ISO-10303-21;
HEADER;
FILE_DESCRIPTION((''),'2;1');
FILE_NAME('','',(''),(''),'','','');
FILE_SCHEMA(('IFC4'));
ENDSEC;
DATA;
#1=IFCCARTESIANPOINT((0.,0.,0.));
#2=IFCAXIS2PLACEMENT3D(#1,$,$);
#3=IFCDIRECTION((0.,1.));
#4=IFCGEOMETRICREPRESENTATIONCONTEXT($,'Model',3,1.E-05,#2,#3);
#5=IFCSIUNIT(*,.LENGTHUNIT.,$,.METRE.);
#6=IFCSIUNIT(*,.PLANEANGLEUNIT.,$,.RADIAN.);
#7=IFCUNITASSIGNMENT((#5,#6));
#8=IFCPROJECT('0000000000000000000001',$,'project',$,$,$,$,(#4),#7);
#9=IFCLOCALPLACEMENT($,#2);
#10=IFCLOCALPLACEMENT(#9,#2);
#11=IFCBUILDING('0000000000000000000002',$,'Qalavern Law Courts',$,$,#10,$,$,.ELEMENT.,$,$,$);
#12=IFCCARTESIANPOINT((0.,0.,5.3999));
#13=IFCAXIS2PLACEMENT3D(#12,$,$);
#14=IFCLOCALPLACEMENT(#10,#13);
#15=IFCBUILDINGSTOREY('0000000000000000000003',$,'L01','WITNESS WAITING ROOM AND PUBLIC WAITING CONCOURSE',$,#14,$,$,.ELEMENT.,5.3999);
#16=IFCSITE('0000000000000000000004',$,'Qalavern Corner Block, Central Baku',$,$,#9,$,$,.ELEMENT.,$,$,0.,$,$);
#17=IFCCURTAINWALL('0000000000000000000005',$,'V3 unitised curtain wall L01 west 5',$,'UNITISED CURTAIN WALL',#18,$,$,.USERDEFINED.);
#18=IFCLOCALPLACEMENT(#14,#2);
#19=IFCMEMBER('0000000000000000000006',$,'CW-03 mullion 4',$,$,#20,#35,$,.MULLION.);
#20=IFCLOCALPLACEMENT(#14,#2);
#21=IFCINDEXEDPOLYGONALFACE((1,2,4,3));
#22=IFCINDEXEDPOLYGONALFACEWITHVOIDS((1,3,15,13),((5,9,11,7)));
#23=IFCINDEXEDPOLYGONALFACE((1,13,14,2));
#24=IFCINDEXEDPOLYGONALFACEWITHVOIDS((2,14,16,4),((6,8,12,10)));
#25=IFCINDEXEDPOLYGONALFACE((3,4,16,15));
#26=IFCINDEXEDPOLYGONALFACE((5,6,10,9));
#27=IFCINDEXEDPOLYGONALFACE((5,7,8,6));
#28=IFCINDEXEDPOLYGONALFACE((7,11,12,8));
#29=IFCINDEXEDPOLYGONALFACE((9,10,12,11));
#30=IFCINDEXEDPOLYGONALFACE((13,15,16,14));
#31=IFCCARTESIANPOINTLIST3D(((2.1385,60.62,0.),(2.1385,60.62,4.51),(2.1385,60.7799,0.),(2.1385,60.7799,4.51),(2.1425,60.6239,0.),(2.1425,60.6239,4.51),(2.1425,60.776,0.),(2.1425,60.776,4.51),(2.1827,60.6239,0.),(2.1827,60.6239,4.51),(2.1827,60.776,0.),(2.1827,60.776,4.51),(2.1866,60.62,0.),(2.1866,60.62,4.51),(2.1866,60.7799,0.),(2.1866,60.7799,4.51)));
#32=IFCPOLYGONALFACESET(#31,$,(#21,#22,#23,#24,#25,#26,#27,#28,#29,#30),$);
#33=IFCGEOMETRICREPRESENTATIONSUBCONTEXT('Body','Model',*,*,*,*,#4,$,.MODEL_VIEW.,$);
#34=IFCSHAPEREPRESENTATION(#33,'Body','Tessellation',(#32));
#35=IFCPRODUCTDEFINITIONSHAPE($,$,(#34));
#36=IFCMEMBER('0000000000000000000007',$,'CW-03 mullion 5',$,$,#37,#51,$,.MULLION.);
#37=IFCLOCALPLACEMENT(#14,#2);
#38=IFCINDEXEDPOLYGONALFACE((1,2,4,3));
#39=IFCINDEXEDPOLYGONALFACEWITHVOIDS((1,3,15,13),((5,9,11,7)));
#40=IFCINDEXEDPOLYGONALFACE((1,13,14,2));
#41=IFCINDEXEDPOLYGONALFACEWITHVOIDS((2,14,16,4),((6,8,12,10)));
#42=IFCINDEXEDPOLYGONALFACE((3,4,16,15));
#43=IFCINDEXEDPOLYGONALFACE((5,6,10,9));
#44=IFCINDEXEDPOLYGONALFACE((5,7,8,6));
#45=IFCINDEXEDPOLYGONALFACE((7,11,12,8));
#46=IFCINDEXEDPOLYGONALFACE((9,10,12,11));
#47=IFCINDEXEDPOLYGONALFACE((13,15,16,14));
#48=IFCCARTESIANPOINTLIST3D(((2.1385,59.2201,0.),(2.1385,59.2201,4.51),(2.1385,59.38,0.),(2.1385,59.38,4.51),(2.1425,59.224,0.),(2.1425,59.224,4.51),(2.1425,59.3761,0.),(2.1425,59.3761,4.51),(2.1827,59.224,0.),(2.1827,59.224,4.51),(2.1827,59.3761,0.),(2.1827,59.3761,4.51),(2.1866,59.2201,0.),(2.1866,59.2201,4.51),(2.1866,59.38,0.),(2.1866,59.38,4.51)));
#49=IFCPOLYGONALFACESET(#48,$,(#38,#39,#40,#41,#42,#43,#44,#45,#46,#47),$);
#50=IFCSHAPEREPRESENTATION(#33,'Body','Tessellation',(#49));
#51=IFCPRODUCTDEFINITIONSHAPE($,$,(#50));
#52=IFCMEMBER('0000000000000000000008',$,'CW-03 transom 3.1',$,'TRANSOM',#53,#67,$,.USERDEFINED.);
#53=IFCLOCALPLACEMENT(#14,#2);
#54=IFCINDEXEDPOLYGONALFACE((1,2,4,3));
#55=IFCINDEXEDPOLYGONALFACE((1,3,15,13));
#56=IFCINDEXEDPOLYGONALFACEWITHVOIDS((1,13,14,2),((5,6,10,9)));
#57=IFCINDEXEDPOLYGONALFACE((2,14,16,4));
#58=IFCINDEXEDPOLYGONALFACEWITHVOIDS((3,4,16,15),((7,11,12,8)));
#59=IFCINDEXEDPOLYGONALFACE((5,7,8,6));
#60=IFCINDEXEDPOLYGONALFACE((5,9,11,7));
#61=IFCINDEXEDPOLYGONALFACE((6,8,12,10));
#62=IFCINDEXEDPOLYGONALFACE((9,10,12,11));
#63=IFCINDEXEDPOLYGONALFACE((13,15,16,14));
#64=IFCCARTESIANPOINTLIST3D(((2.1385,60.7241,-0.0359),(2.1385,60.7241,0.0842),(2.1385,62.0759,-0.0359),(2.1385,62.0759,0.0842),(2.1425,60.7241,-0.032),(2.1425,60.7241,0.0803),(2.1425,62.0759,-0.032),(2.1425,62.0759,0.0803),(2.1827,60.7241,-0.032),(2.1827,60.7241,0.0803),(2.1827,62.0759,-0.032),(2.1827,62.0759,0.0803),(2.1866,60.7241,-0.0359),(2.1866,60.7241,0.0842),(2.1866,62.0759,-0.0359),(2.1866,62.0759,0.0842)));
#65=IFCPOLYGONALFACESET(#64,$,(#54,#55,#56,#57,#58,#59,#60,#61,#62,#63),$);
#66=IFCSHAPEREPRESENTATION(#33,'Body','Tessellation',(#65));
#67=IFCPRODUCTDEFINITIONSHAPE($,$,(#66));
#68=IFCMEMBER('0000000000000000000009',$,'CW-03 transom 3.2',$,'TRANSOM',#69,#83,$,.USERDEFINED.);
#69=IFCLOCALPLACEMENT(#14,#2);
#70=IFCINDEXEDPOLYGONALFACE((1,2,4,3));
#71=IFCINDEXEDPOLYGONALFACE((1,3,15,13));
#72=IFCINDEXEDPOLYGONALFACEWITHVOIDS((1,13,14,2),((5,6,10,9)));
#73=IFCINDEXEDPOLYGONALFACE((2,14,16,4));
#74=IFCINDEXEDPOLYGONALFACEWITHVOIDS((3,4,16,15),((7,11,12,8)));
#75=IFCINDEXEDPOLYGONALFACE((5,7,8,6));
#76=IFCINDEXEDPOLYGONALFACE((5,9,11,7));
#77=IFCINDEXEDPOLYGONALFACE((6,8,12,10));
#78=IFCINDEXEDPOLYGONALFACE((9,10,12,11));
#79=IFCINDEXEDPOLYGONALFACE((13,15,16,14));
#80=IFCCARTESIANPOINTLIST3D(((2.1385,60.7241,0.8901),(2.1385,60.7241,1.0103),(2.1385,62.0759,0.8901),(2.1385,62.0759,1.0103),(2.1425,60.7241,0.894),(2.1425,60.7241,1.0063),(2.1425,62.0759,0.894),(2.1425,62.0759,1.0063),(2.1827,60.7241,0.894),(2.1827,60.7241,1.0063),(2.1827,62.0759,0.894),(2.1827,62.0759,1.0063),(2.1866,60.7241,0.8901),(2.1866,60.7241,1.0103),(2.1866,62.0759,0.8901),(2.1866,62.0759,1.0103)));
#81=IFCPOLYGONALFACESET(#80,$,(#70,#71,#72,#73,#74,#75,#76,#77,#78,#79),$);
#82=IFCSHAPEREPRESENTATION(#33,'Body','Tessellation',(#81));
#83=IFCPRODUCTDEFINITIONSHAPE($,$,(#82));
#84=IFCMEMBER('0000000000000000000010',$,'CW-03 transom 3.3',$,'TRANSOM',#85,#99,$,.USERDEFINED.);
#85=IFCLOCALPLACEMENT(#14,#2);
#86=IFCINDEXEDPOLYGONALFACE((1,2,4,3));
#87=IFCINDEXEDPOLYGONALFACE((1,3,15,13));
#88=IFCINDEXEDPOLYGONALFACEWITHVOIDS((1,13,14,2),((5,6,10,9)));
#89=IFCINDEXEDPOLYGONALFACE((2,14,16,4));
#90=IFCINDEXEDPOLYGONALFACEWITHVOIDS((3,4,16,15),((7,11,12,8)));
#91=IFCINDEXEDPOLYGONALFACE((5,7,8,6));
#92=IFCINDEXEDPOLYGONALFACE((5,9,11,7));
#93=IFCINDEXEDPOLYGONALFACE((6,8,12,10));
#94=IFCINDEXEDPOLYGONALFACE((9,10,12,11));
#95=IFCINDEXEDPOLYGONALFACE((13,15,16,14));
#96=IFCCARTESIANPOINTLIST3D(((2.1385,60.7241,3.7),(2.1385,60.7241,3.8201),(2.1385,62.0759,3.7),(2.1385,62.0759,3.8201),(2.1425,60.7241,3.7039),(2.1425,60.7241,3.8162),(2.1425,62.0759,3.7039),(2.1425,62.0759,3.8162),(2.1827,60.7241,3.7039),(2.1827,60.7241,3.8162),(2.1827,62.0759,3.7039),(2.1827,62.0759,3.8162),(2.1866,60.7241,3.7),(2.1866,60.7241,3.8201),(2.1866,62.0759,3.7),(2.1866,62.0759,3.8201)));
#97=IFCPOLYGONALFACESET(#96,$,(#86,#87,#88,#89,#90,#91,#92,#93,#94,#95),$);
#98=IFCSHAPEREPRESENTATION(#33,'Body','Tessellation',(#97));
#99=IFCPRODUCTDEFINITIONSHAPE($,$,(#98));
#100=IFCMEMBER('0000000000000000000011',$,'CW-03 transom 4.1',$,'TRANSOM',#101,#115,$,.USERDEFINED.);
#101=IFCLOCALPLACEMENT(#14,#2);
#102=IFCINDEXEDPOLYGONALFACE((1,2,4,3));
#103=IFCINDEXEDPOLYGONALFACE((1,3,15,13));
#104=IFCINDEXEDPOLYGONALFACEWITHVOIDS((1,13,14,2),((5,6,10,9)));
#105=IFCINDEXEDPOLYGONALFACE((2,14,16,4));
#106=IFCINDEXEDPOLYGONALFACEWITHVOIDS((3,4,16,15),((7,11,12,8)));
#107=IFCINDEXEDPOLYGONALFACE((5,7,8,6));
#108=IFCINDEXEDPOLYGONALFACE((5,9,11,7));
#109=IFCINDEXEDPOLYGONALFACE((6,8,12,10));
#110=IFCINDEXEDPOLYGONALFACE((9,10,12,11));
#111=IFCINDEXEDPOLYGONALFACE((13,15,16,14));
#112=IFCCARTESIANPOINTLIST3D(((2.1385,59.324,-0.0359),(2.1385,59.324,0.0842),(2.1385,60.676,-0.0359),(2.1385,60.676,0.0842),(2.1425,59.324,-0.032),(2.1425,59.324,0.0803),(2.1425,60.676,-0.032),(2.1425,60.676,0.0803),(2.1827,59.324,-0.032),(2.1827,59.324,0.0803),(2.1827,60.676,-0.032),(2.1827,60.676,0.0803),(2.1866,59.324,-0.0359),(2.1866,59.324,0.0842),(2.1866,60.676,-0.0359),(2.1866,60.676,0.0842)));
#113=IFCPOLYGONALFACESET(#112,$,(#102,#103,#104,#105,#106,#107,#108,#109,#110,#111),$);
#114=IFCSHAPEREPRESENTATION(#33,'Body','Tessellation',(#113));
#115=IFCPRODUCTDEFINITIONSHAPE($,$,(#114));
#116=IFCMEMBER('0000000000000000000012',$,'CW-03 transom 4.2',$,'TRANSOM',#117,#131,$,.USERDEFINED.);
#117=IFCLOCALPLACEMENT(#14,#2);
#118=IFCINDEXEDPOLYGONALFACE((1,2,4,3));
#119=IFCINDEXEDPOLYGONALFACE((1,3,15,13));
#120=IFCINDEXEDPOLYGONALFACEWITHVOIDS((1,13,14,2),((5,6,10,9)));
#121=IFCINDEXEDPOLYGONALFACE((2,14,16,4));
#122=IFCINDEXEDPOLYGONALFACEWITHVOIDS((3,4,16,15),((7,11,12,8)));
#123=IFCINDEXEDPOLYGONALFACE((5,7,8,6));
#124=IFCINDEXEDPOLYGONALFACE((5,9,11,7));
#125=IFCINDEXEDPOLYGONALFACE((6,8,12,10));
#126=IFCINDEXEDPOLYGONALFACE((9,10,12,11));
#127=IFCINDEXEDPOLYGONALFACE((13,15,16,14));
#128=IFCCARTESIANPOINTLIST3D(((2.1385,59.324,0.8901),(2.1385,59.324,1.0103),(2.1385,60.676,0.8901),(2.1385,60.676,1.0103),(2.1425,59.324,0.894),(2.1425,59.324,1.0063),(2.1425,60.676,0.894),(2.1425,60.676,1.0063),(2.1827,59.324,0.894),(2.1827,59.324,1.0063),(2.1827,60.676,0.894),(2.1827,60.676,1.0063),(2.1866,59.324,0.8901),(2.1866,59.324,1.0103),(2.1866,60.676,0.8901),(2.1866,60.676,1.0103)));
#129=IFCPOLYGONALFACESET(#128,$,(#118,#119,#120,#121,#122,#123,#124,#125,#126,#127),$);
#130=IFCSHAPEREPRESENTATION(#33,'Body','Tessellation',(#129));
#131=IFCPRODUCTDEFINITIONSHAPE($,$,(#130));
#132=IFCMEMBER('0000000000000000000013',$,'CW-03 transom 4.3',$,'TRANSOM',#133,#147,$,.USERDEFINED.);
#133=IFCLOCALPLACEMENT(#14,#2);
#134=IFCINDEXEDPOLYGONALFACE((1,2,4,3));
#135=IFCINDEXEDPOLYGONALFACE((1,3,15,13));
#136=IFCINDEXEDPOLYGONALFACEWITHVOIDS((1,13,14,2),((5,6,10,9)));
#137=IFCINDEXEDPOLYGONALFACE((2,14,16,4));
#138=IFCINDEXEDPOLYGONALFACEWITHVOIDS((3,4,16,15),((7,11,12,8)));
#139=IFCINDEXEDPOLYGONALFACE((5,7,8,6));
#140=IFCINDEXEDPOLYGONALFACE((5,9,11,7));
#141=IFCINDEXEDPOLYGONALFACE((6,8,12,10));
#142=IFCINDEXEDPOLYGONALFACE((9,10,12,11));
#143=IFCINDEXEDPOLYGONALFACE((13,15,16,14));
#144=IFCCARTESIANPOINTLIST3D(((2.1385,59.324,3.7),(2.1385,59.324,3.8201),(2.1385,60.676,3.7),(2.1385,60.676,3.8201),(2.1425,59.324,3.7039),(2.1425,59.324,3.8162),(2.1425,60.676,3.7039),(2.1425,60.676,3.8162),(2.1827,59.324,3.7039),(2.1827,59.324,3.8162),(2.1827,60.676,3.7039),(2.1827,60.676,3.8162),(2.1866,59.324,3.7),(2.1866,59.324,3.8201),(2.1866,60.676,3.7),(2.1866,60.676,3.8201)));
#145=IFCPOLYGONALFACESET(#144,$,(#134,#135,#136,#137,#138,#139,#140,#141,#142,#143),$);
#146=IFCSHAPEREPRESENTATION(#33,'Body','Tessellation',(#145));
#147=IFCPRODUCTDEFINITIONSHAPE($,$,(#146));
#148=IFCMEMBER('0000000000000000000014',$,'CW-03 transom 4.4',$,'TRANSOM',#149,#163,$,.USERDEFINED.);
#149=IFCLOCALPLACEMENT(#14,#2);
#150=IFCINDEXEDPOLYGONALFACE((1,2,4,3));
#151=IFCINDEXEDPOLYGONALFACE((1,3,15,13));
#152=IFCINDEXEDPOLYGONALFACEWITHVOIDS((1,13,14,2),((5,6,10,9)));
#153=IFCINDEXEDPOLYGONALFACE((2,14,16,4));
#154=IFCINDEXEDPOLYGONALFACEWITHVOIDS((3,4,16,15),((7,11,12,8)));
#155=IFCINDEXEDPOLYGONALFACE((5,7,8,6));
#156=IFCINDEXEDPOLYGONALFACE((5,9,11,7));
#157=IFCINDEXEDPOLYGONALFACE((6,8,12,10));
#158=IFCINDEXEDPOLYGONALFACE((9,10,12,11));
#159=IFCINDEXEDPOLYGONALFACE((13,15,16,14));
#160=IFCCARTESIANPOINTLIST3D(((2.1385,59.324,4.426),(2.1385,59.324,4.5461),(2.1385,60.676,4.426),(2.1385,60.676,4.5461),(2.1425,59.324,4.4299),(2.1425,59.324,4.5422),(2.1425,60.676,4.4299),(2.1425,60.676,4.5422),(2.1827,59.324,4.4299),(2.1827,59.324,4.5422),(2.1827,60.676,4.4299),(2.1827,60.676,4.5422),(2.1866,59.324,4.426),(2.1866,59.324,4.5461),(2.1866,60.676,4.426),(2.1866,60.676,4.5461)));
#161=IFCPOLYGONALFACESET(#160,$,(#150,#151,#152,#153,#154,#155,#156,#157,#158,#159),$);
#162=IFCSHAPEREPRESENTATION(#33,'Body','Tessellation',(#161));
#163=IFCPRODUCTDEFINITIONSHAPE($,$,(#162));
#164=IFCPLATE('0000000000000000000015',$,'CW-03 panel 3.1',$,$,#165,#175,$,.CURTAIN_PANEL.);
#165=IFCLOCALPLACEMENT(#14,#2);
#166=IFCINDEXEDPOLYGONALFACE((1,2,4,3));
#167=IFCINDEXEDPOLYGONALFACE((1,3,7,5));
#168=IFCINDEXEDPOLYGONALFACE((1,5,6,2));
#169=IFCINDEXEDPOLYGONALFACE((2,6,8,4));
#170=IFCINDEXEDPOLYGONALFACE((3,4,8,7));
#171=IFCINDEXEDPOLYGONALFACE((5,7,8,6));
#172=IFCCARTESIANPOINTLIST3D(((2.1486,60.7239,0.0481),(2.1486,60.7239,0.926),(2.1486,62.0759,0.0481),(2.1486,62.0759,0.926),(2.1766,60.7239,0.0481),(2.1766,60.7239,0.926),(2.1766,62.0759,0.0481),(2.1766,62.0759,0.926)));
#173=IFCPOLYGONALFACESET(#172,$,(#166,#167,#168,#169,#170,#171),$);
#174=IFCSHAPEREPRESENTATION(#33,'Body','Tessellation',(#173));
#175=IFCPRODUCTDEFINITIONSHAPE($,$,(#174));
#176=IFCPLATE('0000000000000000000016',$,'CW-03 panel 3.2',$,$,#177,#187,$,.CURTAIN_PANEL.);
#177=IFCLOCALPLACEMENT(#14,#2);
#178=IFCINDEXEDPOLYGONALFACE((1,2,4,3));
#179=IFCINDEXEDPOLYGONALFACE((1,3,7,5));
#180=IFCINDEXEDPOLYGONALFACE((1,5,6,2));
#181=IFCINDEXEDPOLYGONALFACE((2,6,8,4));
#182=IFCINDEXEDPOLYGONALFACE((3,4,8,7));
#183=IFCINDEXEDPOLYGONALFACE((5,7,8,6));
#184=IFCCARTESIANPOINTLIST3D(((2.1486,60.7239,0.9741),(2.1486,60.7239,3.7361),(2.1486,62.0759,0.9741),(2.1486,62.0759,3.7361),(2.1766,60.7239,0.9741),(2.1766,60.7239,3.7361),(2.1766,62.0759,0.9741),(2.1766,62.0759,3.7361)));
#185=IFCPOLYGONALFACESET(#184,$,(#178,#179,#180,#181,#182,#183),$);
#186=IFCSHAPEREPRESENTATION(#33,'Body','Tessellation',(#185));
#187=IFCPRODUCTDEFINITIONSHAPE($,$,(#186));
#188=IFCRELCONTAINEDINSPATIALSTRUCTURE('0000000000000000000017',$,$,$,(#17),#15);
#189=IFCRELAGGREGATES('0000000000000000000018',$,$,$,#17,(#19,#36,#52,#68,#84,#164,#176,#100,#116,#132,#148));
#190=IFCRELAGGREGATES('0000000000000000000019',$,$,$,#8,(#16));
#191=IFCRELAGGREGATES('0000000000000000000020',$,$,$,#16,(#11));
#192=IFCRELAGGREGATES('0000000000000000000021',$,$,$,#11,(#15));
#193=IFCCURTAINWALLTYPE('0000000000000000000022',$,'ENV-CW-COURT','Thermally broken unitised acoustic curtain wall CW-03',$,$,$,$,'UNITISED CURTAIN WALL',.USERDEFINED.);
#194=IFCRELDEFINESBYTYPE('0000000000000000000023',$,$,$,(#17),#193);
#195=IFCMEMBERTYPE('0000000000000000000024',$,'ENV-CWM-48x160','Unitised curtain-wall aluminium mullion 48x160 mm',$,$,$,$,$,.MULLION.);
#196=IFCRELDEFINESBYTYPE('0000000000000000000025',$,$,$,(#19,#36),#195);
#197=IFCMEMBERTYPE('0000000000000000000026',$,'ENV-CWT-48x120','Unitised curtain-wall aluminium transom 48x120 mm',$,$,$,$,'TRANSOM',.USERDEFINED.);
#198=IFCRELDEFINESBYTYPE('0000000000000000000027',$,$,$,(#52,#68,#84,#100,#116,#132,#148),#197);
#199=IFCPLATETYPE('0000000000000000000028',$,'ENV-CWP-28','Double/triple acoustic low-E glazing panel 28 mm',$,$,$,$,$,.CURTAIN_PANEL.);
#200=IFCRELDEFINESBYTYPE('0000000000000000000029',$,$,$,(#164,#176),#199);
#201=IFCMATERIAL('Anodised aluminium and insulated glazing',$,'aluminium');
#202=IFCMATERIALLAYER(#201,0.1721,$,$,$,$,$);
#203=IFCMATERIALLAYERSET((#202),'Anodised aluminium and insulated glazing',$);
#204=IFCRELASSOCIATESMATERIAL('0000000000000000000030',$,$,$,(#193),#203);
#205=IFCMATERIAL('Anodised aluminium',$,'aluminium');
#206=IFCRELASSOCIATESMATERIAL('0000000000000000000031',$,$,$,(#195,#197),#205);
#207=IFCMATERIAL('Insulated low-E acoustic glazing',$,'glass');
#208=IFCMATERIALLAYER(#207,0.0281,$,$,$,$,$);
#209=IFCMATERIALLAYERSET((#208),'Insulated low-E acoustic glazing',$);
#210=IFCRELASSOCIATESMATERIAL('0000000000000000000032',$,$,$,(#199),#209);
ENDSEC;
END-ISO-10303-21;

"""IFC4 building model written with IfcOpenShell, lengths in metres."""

from ifc_helpers import new_model, si_unit, direction, frame, origin, origin_2d, place, context, subcontext, project, spatial, rectangle, hollow_rectangle, extrude, material, layer, layer_set, material_profile, profile_set, type_object, element, aggregate, save


model = new_model("IFC4")

# Units and contexts
model_context = context("Model", 3, precision=1e-05, world=origin(), true_north=direction((0.0, 1.0)))
body_context = subcontext(model_context, "Body", "Model", "MODEL_VIEW")
ifc_project = project(units=[si_unit("LENGTHUNIT", "METRE"), si_unit("PLANEANGLEUNIT", "RADIAN")], contexts=[model_context])

# Site, building, storey
site_placement = place(None, origin())
site = spatial("IfcSite", under=ifc_project, at=site_placement, Name="Qalavern Corner Block, Central Baku", CompositionType="ELEMENT", RefElevation=0.0)
building_placement = place(site_placement, origin())
building = spatial("IfcBuilding", under=site, at=building_placement, Name="Qalavern Law Courts", CompositionType="ELEMENT")
storey_placement = place(building_placement, frame((0.0, 0.0, 5.3999)))
storey = spatial("IfcBuildingStorey", under=building, at=storey_placement, Name="L01", Description="WITNESS WAITING ROOM AND PUBLIC WAITING CONCOURSE", CompositionType="ELEMENT", Elevation=5.3999)

# Curtain wall, members, plates
ifc_material_1 = material(Name="Anodised aluminium and insulated glazing", Category="aluminium")
ifc_layer_1 = layer(ifc_material_1, 0.1721)
ifc_layer_set_1 = layer_set([ifc_layer_1], Name="Anodised aluminium and insulated glazing")
curtain_wall_type = type_object("IfcCurtainWallType", Name="ENV-CW-COURT", Description="Thermally broken unitised acoustic curtain wall CW-03", ElementType="UNITISED CURTAIN WALL", PredefinedType="USERDEFINED", material=ifc_layer_set_1)
curtain_wall_placement = place(storey_placement, origin())
curtain_wall = element("IfcCurtainWall", 1, at=curtain_wall_placement, inside=storey, type_object=curtain_wall_type, Name="V3 unitised curtain wall L01 west 5", ObjectType="UNITISED CURTAIN WALL", PredefinedType="USERDEFINED")
ifc_material_2 = material(Name="Anodised aluminium", Category="aluminium")
ifc_material_profile_1 = material_profile(ifc_material_2, hollow_rectangle(XDim=0.0481, YDim=0.1599, WallThickness=0.0039, at=origin_2d()), Name="ALU MULLION 48x160")
ifc_profile_set_1 = profile_set([ifc_material_profile_1], Name="Anodised aluminium")
member_type_1 = type_object("IfcMemberType", Name="ENV-CWM-48x160", Description="Unitised curtain-wall aluminium mullion 48x160 mm", PredefinedType="MULLION", material=ifc_profile_set_1)
member_1_placement = place(storey_placement, frame((2.1626, 60.7, 0.0), z_axis=(0.0, 0.0, 1.0), x_axis=(1.0, 0.0, 0.0)))
member_1 = element("IfcMember", 2, at=member_1_placement, type_object=member_type_1, Name="CW-03 mullion 4", PredefinedType="MULLION", context=body_context, shape_type="SweptSolid", body=[
    extrude(hollow_rectangle(XDim=0.0481, YDim=0.1599, WallThickness=0.0039, at=origin_2d()), origin(), (0.0, 0.0, 1.0), 4.51),
])
member_2_placement = place(storey_placement, frame((2.1626, 59.3, 0.0), z_axis=(0.0, 0.0, 1.0), x_axis=(1.0, 0.0, 0.0)))
member_2 = element("IfcMember", 3, at=member_2_placement, type_object=member_type_1, Name="CW-03 mullion 5", PredefinedType="MULLION", context=body_context, shape_type="SweptSolid", body=[
    extrude(hollow_rectangle(XDim=0.0481, YDim=0.1599, WallThickness=0.0039, at=origin_2d()), origin(), (0.0, 0.0, 1.0), 4.51),
])
ifc_material_profile_2 = material_profile(ifc_material_2, hollow_rectangle(XDim=0.0481, YDim=0.1201, WallThickness=0.0039, at=origin_2d()), Name="ALU TRANSOM 48x120")
ifc_profile_set_2 = profile_set([ifc_material_profile_2], Name="Anodised aluminium")
member_type_2 = type_object("IfcMemberType", Name="ENV-CWT-48x120", Description="Unitised curtain-wall aluminium transom 48x120 mm", ElementType="TRANSOM", PredefinedType="USERDEFINED", material=ifc_profile_set_2)
member_3_placement = place(storey_placement, frame((2.1626, 62.0759, 0.0242), z_axis=(0.0, -1.0, 0.0), x_axis=(1.0, 0.0, 0.0)))
member_3 = element("IfcMember", 4, at=member_3_placement, type_object=member_type_2, Name="CW-03 transom 3.1", ObjectType="TRANSOM", PredefinedType="USERDEFINED", context=body_context, shape_type="SweptSolid", body=[
    extrude(hollow_rectangle(XDim=0.0481, YDim=0.1201, WallThickness=0.0039, at=origin_2d()), origin(), (0.0, 0.0, 1.0), 1.3518),
])
member_4_placement = place(storey_placement, frame((2.1626, 62.0759, 0.9502), z_axis=(0.0, -1.0, 0.0), x_axis=(1.0, 0.0, 0.0)))
member_4 = element("IfcMember", 5, at=member_4_placement, type_object=member_type_2, Name="CW-03 transom 3.2", ObjectType="TRANSOM", PredefinedType="USERDEFINED", context=body_context, shape_type="SweptSolid", body=[
    extrude(hollow_rectangle(XDim=0.0481, YDim=0.1201, WallThickness=0.0039, at=origin_2d()), origin(), (0.0, 0.0, 1.0), 1.3518),
])
member_5_placement = place(storey_placement, frame((2.1626, 62.0759, 3.76), z_axis=(0.0, -1.0, 0.0), x_axis=(1.0, 0.0, 0.0)))
member_5 = element("IfcMember", 6, at=member_5_placement, type_object=member_type_2, Name="CW-03 transom 3.3", ObjectType="TRANSOM", PredefinedType="USERDEFINED", context=body_context, shape_type="SweptSolid", body=[
    extrude(hollow_rectangle(XDim=0.0481, YDim=0.1201, WallThickness=0.0039, at=origin_2d()), origin(), (0.0, 0.0, 1.0), 1.3518),
])
member_6_placement = place(storey_placement, frame((2.1626, 60.676, 0.0242), z_axis=(0.0, -1.0, 0.0), x_axis=(1.0, 0.0, 0.0)))
member_6 = element("IfcMember", 7, at=member_6_placement, type_object=member_type_2, Name="CW-03 transom 4.1", ObjectType="TRANSOM", PredefinedType="USERDEFINED", context=body_context, shape_type="SweptSolid", body=[
    extrude(hollow_rectangle(XDim=0.0481, YDim=0.1201, WallThickness=0.0039, at=origin_2d()), origin(), (0.0, 0.0, 1.0), 1.3521),
])
member_7_placement = place(storey_placement, frame((2.1626, 60.676, 0.9502), z_axis=(0.0, -1.0, 0.0), x_axis=(1.0, 0.0, 0.0)))
member_7 = element("IfcMember", 8, at=member_7_placement, type_object=member_type_2, Name="CW-03 transom 4.2", ObjectType="TRANSOM", PredefinedType="USERDEFINED", context=body_context, shape_type="SweptSolid", body=[
    extrude(hollow_rectangle(XDim=0.0481, YDim=0.1201, WallThickness=0.0039, at=origin_2d()), origin(), (0.0, 0.0, 1.0), 1.3521),
])
member_8_placement = place(storey_placement, frame((2.1626, 60.676, 3.76), z_axis=(0.0, -1.0, 0.0), x_axis=(1.0, 0.0, 0.0)))
member_8 = element("IfcMember", 9, at=member_8_placement, type_object=member_type_2, Name="CW-03 transom 4.3", ObjectType="TRANSOM", PredefinedType="USERDEFINED", context=body_context, shape_type="SweptSolid", body=[
    extrude(hollow_rectangle(XDim=0.0481, YDim=0.1201, WallThickness=0.0039, at=origin_2d()), origin(), (0.0, 0.0, 1.0), 1.3521),
])
member_9_placement = place(storey_placement, frame((2.1626, 60.676, 4.4861), z_axis=(0.0, -1.0, 0.0), x_axis=(1.0, 0.0, 0.0)))
member_9 = element("IfcMember", 10, at=member_9_placement, type_object=member_type_2, Name="CW-03 transom 4.4", ObjectType="TRANSOM", PredefinedType="USERDEFINED", context=body_context, shape_type="SweptSolid", body=[
    extrude(hollow_rectangle(XDim=0.0481, YDim=0.1201, WallThickness=0.0039, at=origin_2d()), origin(), (0.0, 0.0, 1.0), 1.3521),
])
ifc_material_3 = material(Name="Insulated low-E acoustic glazing", Category="glass")
ifc_layer_2 = layer(ifc_material_3, 0.0281)
ifc_layer_set_2 = layer_set([ifc_layer_2], Name="Insulated low-E acoustic glazing")
plate_type = type_object("IfcPlateType", Name="ENV-CWP-28", Description="Double/triple acoustic low-E glazing panel 28 mm", PredefinedType="CURTAIN_PANEL", material=ifc_layer_set_2)
plate_1_placement = place(storey_placement, frame((2.1626, 61.3999, 0.0481), z_axis=(0.0, 0.0, 1.0), x_axis=(0.0, -1.0, 0.0)))
plate_1 = element("IfcPlate", 11, at=plate_1_placement, type_object=plate_type, Name="CW-03 panel 3.1", PredefinedType="CURTAIN_PANEL", context=body_context, shape_type="SweptSolid", body=[
    extrude(rectangle(XDim=1.3521, YDim=0.0281, at=origin_2d()), origin(), (0.0, 0.0, 1.0), 0.8779),
])
plate_2_placement = place(storey_placement, frame((2.1626, 61.3999, 0.9741), z_axis=(0.0, 0.0, 1.0), x_axis=(0.0, -1.0, 0.0)))
plate_2 = element("IfcPlate", 12, at=plate_2_placement, type_object=plate_type, Name="CW-03 panel 3.2", PredefinedType="CURTAIN_PANEL", context=body_context, shape_type="SweptSolid", body=[
    extrude(rectangle(XDim=1.3521, YDim=0.0281, at=origin_2d()), origin(), (0.0, 0.0, 1.0), 2.762),
])
aggregate(curtain_wall, [member_1, member_2, member_3, member_4, member_5, plate_1, plate_2, member_6, member_7, member_8, member_9])

save(model, "model.ifc")
